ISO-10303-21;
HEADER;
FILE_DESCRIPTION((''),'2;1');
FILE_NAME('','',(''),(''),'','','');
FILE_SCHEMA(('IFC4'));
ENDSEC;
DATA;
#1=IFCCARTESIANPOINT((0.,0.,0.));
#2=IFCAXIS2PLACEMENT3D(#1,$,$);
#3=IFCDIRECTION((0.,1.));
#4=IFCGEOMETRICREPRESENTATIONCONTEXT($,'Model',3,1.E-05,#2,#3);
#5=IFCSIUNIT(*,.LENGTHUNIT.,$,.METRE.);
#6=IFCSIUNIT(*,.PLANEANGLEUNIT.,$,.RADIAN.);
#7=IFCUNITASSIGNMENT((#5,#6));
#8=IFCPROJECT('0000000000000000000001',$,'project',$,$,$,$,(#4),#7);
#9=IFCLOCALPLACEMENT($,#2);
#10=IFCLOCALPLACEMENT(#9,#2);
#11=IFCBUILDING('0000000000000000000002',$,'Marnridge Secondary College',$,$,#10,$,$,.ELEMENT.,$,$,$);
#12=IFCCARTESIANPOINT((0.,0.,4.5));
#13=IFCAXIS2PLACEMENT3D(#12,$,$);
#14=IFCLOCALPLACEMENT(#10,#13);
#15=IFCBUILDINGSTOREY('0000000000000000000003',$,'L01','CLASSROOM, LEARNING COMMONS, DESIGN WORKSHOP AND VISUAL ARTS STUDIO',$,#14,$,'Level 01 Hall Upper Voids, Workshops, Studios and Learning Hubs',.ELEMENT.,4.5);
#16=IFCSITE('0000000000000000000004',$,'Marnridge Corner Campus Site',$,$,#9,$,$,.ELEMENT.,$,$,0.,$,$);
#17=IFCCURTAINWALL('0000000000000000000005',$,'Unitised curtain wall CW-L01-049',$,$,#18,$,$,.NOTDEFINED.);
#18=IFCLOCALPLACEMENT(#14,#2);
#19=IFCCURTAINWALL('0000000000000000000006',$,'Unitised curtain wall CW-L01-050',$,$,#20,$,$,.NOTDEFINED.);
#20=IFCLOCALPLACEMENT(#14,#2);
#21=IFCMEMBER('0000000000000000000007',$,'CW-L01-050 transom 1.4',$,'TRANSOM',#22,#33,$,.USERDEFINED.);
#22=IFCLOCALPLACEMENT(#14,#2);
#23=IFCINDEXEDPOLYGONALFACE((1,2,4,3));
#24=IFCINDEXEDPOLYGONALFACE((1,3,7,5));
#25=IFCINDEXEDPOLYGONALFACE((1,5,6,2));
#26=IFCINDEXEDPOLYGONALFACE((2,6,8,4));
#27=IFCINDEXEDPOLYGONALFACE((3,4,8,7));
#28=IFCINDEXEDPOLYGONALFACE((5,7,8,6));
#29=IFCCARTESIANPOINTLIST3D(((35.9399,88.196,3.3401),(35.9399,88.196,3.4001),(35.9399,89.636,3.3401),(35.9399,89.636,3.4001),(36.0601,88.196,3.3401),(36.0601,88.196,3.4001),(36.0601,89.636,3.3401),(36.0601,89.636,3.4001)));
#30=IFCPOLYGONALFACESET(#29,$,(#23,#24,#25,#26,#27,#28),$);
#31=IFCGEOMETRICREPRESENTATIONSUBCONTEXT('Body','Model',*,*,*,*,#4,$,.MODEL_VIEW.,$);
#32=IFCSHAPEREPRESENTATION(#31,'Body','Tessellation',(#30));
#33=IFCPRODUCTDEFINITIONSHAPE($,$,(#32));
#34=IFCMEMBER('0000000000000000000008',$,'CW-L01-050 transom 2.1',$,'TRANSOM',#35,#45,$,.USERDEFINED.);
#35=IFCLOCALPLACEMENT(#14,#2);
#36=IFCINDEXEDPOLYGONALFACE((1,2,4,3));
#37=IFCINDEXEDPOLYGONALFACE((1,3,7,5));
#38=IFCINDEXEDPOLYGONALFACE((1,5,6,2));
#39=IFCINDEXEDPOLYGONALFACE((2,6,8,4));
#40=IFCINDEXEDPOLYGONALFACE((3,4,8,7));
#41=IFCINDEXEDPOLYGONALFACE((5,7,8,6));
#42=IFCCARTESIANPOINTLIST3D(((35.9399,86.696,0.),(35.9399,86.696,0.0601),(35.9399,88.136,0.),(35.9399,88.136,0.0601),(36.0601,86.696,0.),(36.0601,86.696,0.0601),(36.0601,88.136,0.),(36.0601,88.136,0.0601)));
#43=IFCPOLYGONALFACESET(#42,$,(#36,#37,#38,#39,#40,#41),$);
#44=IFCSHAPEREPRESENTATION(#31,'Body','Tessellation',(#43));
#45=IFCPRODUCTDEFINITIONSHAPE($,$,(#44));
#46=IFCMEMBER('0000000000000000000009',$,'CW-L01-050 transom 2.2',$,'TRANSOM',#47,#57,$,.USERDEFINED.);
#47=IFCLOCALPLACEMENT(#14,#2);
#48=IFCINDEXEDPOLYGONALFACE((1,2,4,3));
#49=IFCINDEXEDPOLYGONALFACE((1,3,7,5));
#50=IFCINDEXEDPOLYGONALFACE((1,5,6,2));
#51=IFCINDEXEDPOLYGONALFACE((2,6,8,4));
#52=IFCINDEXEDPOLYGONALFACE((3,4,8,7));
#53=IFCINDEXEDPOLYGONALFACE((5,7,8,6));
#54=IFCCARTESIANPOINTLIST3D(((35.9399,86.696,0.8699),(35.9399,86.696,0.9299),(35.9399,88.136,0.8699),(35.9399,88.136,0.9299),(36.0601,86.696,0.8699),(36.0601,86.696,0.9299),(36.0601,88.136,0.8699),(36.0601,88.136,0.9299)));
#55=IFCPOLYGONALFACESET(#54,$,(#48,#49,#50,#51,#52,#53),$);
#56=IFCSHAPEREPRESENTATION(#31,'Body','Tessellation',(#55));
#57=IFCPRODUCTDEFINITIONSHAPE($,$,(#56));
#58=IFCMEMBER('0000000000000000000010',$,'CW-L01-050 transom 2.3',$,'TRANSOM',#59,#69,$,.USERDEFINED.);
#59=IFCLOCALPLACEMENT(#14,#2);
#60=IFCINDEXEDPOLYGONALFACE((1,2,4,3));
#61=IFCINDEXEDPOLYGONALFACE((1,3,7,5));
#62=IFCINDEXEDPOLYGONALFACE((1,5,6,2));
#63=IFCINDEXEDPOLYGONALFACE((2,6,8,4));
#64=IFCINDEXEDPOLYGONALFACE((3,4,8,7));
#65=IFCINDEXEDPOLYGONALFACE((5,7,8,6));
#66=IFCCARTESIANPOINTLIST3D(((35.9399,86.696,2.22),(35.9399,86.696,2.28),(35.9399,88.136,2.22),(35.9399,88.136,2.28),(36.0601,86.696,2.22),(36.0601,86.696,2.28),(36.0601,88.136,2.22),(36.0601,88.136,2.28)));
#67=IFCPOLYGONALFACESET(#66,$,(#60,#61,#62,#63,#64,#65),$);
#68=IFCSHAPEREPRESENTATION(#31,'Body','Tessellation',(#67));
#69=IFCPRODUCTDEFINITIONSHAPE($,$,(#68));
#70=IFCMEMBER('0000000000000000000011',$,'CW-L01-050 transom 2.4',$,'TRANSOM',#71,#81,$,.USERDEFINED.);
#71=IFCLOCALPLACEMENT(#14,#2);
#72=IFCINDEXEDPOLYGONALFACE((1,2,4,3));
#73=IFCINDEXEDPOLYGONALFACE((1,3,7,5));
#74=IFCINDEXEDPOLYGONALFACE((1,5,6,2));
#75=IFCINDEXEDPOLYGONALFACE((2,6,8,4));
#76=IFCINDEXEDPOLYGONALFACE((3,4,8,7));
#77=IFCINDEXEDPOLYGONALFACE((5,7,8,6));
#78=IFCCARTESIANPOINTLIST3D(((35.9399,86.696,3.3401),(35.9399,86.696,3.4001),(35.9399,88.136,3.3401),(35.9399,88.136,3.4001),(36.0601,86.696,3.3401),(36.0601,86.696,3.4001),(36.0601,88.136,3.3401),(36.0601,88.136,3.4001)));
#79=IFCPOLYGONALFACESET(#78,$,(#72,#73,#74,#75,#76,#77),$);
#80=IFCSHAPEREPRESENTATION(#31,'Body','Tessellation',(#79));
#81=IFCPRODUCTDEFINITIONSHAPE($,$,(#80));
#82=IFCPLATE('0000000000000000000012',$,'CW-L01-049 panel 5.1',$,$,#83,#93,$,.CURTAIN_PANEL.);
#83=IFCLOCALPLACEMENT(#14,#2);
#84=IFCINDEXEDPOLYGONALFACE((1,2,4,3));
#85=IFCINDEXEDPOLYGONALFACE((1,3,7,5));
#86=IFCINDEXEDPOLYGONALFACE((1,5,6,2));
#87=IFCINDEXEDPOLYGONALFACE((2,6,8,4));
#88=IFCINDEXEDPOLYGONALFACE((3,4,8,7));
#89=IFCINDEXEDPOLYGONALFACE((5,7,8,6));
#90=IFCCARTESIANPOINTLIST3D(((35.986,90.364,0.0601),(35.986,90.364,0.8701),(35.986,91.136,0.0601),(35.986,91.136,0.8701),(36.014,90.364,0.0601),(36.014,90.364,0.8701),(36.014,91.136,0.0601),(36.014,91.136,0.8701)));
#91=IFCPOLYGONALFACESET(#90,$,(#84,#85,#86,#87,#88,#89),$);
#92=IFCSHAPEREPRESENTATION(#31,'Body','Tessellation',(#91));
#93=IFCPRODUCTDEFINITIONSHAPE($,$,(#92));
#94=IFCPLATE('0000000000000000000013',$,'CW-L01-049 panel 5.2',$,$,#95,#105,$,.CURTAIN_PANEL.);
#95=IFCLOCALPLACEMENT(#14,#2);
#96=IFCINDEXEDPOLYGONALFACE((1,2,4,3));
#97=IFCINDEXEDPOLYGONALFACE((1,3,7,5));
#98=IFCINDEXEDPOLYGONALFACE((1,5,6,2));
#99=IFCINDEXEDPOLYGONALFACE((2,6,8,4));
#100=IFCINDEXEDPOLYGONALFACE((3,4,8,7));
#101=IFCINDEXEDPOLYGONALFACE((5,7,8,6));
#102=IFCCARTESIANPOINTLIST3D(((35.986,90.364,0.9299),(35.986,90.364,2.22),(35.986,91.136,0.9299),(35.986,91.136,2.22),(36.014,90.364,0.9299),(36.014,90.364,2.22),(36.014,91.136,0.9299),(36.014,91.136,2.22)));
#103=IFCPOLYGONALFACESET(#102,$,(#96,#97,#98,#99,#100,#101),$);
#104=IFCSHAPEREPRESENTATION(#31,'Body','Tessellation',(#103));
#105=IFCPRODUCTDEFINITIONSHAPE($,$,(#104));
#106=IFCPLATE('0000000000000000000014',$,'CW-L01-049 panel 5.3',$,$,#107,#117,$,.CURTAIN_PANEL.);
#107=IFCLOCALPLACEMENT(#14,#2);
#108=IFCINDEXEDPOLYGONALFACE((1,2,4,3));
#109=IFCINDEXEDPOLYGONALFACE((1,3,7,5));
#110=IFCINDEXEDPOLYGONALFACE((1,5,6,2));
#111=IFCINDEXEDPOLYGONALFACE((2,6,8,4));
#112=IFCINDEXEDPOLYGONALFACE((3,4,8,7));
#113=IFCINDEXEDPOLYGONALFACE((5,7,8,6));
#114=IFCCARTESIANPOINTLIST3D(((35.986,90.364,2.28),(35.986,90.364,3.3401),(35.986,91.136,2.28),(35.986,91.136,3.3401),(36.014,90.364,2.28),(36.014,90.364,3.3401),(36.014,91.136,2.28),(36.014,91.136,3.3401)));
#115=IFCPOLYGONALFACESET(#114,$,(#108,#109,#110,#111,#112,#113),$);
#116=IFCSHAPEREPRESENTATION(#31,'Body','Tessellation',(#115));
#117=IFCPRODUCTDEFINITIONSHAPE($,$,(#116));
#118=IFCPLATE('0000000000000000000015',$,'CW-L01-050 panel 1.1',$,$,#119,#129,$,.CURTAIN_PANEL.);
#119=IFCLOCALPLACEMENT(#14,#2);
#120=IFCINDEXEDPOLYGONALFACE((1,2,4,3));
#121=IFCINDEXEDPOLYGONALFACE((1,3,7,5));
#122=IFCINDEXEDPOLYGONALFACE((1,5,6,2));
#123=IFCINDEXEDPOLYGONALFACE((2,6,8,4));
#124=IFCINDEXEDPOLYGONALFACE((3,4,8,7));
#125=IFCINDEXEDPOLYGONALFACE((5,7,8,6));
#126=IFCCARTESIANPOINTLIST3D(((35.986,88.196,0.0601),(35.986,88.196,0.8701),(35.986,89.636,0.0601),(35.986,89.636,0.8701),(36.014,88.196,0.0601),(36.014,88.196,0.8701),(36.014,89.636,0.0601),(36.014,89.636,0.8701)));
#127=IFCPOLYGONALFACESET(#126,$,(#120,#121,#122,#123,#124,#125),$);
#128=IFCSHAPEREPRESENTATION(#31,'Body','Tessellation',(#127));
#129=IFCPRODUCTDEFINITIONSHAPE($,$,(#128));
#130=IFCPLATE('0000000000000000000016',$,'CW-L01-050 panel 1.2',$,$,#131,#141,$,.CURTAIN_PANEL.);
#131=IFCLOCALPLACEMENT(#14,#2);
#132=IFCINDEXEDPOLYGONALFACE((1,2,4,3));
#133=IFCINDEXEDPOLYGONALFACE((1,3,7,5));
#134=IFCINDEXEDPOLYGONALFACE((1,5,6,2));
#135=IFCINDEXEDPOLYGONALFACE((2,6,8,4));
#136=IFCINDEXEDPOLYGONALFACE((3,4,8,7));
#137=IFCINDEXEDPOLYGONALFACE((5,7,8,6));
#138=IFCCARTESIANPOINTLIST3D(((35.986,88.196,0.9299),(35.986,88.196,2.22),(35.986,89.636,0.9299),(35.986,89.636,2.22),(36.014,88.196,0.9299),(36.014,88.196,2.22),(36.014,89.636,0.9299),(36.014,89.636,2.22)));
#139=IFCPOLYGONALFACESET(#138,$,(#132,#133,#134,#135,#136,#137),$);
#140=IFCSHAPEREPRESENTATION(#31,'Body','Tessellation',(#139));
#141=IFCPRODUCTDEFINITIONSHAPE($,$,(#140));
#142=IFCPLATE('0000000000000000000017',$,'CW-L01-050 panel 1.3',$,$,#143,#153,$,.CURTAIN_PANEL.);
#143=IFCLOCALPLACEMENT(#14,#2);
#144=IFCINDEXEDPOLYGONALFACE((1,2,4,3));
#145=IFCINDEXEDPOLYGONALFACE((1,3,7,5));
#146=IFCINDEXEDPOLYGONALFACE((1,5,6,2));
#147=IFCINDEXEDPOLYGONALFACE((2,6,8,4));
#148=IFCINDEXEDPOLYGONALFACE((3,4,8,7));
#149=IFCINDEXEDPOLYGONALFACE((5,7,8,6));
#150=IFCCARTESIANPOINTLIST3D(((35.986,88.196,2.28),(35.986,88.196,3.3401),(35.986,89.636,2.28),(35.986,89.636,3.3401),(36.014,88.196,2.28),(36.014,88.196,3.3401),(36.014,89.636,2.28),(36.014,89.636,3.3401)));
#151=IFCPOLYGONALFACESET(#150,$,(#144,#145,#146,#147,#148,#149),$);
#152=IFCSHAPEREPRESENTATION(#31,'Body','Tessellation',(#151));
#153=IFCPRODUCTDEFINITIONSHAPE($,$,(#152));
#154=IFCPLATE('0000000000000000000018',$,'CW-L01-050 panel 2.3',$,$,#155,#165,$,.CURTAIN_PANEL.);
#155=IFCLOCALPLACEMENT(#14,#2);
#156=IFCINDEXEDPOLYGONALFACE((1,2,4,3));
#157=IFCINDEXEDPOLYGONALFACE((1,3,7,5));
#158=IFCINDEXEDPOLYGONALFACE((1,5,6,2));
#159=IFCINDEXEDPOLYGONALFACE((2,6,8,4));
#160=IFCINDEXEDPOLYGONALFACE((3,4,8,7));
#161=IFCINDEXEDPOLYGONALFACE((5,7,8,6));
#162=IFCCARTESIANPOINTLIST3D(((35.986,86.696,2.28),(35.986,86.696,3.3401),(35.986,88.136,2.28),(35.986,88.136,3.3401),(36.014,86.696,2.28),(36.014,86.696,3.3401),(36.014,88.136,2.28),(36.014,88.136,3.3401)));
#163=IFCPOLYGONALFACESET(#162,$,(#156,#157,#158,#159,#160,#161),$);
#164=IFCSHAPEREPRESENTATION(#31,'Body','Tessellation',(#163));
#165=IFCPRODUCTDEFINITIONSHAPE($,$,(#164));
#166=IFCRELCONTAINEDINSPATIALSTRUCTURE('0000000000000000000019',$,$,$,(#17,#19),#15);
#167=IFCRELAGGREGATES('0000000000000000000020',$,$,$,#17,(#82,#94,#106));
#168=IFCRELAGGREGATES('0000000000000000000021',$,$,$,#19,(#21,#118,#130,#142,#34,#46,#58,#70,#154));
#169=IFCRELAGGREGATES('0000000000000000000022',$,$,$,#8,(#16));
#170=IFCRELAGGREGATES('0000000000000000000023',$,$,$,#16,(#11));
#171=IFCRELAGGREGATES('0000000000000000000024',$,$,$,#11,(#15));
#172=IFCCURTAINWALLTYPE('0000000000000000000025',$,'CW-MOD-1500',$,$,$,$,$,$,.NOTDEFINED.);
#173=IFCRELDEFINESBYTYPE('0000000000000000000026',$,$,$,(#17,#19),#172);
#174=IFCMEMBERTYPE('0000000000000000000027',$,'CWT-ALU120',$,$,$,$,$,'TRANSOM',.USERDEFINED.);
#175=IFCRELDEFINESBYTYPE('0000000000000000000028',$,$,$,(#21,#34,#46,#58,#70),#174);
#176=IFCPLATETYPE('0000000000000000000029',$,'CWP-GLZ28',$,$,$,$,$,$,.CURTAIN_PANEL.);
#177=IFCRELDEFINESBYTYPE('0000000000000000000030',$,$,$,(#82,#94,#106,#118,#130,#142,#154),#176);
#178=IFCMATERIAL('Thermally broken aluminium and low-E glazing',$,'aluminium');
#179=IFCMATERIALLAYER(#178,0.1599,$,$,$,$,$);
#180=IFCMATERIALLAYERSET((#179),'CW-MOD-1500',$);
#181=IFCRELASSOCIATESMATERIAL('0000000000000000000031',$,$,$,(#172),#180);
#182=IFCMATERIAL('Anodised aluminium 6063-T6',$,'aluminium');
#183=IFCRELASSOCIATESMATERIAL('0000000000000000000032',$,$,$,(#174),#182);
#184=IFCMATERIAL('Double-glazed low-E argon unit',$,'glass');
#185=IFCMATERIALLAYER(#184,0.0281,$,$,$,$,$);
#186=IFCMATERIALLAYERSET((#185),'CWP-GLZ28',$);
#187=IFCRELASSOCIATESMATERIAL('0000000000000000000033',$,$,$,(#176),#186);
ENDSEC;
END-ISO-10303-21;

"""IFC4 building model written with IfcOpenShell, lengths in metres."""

from ifc_helpers import new_model, si_unit, direction, frame, origin, origin_2d, place, context, subcontext, project, spatial, rectangle, extrude, material, layer, layer_set, material_profile, profile_set, type_object, element, aggregate, save


model = new_model("IFC4")

# Units and contexts
model_context = context("Model", 3, precision=1e-05, world=origin(), true_north=direction((0.0, 1.0)))
body_context = subcontext(model_context, "Body", "Model", "MODEL_VIEW")
ifc_project = project(units=[si_unit("LENGTHUNIT", "METRE"), si_unit("PLANEANGLEUNIT", "RADIAN")], contexts=[model_context])

# Site, building, storey
site_placement = place(None, origin())
site = spatial("IfcSite", under=ifc_project, at=site_placement, Name="Marnridge Corner Campus Site", CompositionType="ELEMENT", RefElevation=0.0)
building_placement = place(site_placement, origin())
building = spatial("IfcBuilding", under=site, at=building_placement, Name="Marnridge Secondary College", CompositionType="ELEMENT")
storey_placement = place(building_placement, frame((0.0, 0.0, 4.5)))
storey = spatial("IfcBuildingStorey", under=building, at=storey_placement, Name="L01", Description="CLASSROOM, LEARNING COMMONS, DESIGN WORKSHOP AND VISUAL ARTS STUDIO", LongName="Level 01 Hall Upper Voids, Workshops, Studios and Learning Hubs", CompositionType="ELEMENT", Elevation=4.5)

# Curtain wall
ifc_material_1 = material(Name="Thermally broken aluminium and low-E glazing", Category="aluminium")
ifc_layer_1 = layer(ifc_material_1, 0.1599)
ifc_layer_set_1 = layer_set([ifc_layer_1], Name="CW-MOD-1500")
curtain_wall_type = type_object("IfcCurtainWallType", Name="CW-MOD-1500", PredefinedType="NOTDEFINED", material=ifc_layer_set_1)
curtain_wall_1_placement = place(storey_placement, origin())
curtain_wall_1 = element("IfcCurtainWall", 1, at=curtain_wall_1_placement, inside=storey, type_object=curtain_wall_type, Name="Unitised curtain wall CW-L01-049", PredefinedType="NOTDEFINED")

# Curtain wall
curtain_wall_2_placement = place(storey_placement, origin())
curtain_wall_2 = element("IfcCurtainWall", 2, at=curtain_wall_2_placement, inside=storey, type_object=curtain_wall_type, Name="Unitised curtain wall CW-L01-050", PredefinedType="NOTDEFINED")

# Members
ifc_material_2 = material(Name="Anodised aluminium 6063-T6", Category="aluminium")
ifc_material_profile_1 = material_profile(ifc_material_2, rectangle(XDim=0.0601, YDim=0.1201, at=origin_2d()), Name="ALU 60x120")
ifc_profile_set_1 = profile_set([ifc_material_profile_1], Name="Anodised aluminium 6063-T6")
member_type_1 = type_object("IfcMemberType", Name="CWT-ALU120", ElementType="TRANSOM", PredefinedType="USERDEFINED", material=ifc_profile_set_1)
member_1_placement = place(storey_placement, frame((36.0, 89.636, 3.3701), z_axis=(0.0, -1.0, 0.0), x_axis=(0.0, 0.0, 1.0)))
member_1 = element("IfcMember", 3, at=member_1_placement, type_object=member_type_1, Name="CW-L01-050 transom 1.4", ObjectType="TRANSOM", PredefinedType="USERDEFINED", context=body_context, shape_type="SweptSolid", body=[
    extrude(rectangle(XDim=0.0601, YDim=0.1201, at=origin_2d()), origin(), (0.0, 0.0, 1.0), 1.4399),
])
member_2_placement = place(storey_placement, frame((36.0, 88.136, 0.03), z_axis=(0.0, -1.0, 0.0), x_axis=(0.0, 0.0, 1.0)))
member_2 = element("IfcMember", 4, at=member_2_placement, type_object=member_type_1, Name="CW-L01-050 transom 2.1", ObjectType="TRANSOM", PredefinedType="USERDEFINED", context=body_context, shape_type="SweptSolid", body=[
    extrude(rectangle(XDim=0.0601, YDim=0.1201, at=origin_2d()), origin(), (0.0, 0.0, 1.0), 1.4399),
])
member_3_placement = place(storey_placement, frame((36.0, 88.136, 0.8999), z_axis=(0.0, -1.0, 0.0), x_axis=(0.0, 0.0, 1.0)))
member_3 = element("IfcMember", 5, at=member_3_placement, type_object=member_type_1, Name="CW-L01-050 transom 2.2", ObjectType="TRANSOM", PredefinedType="USERDEFINED", context=body_context, shape_type="SweptSolid", body=[
    extrude(rectangle(XDim=0.0601, YDim=0.1201, at=origin_2d()), origin(), (0.0, 0.0, 1.0), 1.4399),
])
member_4_placement = place(storey_placement, frame((36.0, 88.136, 2.25), z_axis=(0.0, -1.0, 0.0), x_axis=(0.0, 0.0, 1.0)))
member_4 = element("IfcMember", 6, at=member_4_placement, type_object=member_type_1, Name="CW-L01-050 transom 2.3", ObjectType="TRANSOM", PredefinedType="USERDEFINED", context=body_context, shape_type="SweptSolid", body=[
    extrude(rectangle(XDim=0.0601, YDim=0.1201, at=origin_2d()), origin(), (0.0, 0.0, 1.0), 1.4399),
])
member_5_placement = place(storey_placement, frame((36.0, 88.136, 3.3701), z_axis=(0.0, -1.0, 0.0), x_axis=(0.0, 0.0, 1.0)))
member_5 = element("IfcMember", 7, at=member_5_placement, type_object=member_type_1, Name="CW-L01-050 transom 2.4", ObjectType="TRANSOM", PredefinedType="USERDEFINED", context=body_context, shape_type="SweptSolid", body=[
    extrude(rectangle(XDim=0.0601, YDim=0.1201, at=origin_2d()), origin(), (0.0, 0.0, 1.0), 1.4399),
])

# Plates
ifc_material_3 = material(Name="Double-glazed low-E argon unit", Category="glass")
ifc_layer_2 = layer(ifc_material_3, 0.0281)
ifc_layer_set_2 = layer_set([ifc_layer_2], Name="CWP-GLZ28")
plate_type = type_object("IfcPlateType", Name="CWP-GLZ28", PredefinedType="CURTAIN_PANEL", material=ifc_layer_set_2)
plate_1_placement = place(storey_placement, frame((36.0, 90.75, 0.0601), z_axis=(0.0, 0.0, 1.0), x_axis=(0.0, -1.0, 0.0)))
plate_1 = element("IfcPlate", 8, at=plate_1_placement, type_object=plate_type, Name="CW-L01-049 panel 5.1", PredefinedType="CURTAIN_PANEL", context=body_context, shape_type="SweptSolid", body=[
    extrude(rectangle(XDim=0.772, YDim=0.0281, at=origin_2d()), origin(), (0.0, 0.0, 1.0), 0.8101),
])
plate_2_placement = place(storey_placement, frame((36.0, 90.75, 0.9299), z_axis=(0.0, 0.0, 1.0), x_axis=(0.0, -1.0, 0.0)))
plate_2 = element("IfcPlate", 9, at=plate_2_placement, type_object=plate_type, Name="CW-L01-049 panel 5.2", PredefinedType="CURTAIN_PANEL", context=body_context, shape_type="SweptSolid", body=[
    extrude(rectangle(XDim=0.772, YDim=0.0281, at=origin_2d()), origin(), (0.0, 0.0, 1.0), 1.29),
])
plate_3_placement = place(storey_placement, frame((36.0, 90.75, 2.28), z_axis=(0.0, 0.0, 1.0), x_axis=(0.0, -1.0, 0.0)))
plate_3 = element("IfcPlate", 10, at=plate_3_placement, type_object=plate_type, Name="CW-L01-049 panel 5.3", PredefinedType="CURTAIN_PANEL", context=body_context, shape_type="SweptSolid", body=[
    extrude(rectangle(XDim=0.772, YDim=0.0281, at=origin_2d()), origin(), (0.0, 0.0, 1.0), 1.0601),
])
aggregate(curtain_wall_1, [plate_1, plate_2, plate_3])
plate_4_placement = place(storey_placement, frame((36.0, 88.916, 0.0601), z_axis=(0.0, 0.0, 1.0), x_axis=(0.0, -1.0, 0.0)))
plate_4 = element("IfcPlate", 11, at=plate_4_placement, type_object=plate_type, Name="CW-L01-050 panel 1.1", PredefinedType="CURTAIN_PANEL", context=body_context, shape_type="SweptSolid", body=[
    extrude(rectangle(XDim=1.4399, YDim=0.0281, at=origin_2d()), origin(), (0.0, 0.0, 1.0), 0.8101),
])
plate_5_placement = place(storey_placement, frame((36.0, 88.916, 0.9299), z_axis=(0.0, 0.0, 1.0), x_axis=(0.0, -1.0, 0.0)))
plate_5 = element("IfcPlate", 12, at=plate_5_placement, type_object=plate_type, Name="CW-L01-050 panel 1.2", PredefinedType="CURTAIN_PANEL", context=body_context, shape_type="SweptSolid", body=[
    extrude(rectangle(XDim=1.4399, YDim=0.0281, at=origin_2d()), origin(), (0.0, 0.0, 1.0), 1.29),
])
plate_6_placement = place(storey_placement, frame((36.0, 88.916, 2.28), z_axis=(0.0, 0.0, 1.0), x_axis=(0.0, -1.0, 0.0)))
plate_6 = element("IfcPlate", 13, at=plate_6_placement, type_object=plate_type, Name="CW-L01-050 panel 1.3", PredefinedType="CURTAIN_PANEL", context=body_context, shape_type="SweptSolid", body=[
    extrude(rectangle(XDim=1.4399, YDim=0.0281, at=origin_2d()), origin(), (0.0, 0.0, 1.0), 1.0601),
])
plate_7_placement = place(storey_placement, frame((36.0, 87.416, 2.28), z_axis=(0.0, 0.0, 1.0), x_axis=(0.0, -1.0, 0.0)))
plate_7 = element("IfcPlate", 14, at=plate_7_placement, type_object=plate_type, Name="CW-L01-050 panel 2.3", PredefinedType="CURTAIN_PANEL", context=body_context, shape_type="SweptSolid", body=[
    extrude(rectangle(XDim=1.4399, YDim=0.0281, at=origin_2d()), origin(), (0.0, 0.0, 1.0), 1.0601),
])
aggregate(curtain_wall_2, [member_1, plate_4, plate_5, plate_6, member_2, member_3, member_4, member_5, plate_7])

save(model, "model.ifc")
